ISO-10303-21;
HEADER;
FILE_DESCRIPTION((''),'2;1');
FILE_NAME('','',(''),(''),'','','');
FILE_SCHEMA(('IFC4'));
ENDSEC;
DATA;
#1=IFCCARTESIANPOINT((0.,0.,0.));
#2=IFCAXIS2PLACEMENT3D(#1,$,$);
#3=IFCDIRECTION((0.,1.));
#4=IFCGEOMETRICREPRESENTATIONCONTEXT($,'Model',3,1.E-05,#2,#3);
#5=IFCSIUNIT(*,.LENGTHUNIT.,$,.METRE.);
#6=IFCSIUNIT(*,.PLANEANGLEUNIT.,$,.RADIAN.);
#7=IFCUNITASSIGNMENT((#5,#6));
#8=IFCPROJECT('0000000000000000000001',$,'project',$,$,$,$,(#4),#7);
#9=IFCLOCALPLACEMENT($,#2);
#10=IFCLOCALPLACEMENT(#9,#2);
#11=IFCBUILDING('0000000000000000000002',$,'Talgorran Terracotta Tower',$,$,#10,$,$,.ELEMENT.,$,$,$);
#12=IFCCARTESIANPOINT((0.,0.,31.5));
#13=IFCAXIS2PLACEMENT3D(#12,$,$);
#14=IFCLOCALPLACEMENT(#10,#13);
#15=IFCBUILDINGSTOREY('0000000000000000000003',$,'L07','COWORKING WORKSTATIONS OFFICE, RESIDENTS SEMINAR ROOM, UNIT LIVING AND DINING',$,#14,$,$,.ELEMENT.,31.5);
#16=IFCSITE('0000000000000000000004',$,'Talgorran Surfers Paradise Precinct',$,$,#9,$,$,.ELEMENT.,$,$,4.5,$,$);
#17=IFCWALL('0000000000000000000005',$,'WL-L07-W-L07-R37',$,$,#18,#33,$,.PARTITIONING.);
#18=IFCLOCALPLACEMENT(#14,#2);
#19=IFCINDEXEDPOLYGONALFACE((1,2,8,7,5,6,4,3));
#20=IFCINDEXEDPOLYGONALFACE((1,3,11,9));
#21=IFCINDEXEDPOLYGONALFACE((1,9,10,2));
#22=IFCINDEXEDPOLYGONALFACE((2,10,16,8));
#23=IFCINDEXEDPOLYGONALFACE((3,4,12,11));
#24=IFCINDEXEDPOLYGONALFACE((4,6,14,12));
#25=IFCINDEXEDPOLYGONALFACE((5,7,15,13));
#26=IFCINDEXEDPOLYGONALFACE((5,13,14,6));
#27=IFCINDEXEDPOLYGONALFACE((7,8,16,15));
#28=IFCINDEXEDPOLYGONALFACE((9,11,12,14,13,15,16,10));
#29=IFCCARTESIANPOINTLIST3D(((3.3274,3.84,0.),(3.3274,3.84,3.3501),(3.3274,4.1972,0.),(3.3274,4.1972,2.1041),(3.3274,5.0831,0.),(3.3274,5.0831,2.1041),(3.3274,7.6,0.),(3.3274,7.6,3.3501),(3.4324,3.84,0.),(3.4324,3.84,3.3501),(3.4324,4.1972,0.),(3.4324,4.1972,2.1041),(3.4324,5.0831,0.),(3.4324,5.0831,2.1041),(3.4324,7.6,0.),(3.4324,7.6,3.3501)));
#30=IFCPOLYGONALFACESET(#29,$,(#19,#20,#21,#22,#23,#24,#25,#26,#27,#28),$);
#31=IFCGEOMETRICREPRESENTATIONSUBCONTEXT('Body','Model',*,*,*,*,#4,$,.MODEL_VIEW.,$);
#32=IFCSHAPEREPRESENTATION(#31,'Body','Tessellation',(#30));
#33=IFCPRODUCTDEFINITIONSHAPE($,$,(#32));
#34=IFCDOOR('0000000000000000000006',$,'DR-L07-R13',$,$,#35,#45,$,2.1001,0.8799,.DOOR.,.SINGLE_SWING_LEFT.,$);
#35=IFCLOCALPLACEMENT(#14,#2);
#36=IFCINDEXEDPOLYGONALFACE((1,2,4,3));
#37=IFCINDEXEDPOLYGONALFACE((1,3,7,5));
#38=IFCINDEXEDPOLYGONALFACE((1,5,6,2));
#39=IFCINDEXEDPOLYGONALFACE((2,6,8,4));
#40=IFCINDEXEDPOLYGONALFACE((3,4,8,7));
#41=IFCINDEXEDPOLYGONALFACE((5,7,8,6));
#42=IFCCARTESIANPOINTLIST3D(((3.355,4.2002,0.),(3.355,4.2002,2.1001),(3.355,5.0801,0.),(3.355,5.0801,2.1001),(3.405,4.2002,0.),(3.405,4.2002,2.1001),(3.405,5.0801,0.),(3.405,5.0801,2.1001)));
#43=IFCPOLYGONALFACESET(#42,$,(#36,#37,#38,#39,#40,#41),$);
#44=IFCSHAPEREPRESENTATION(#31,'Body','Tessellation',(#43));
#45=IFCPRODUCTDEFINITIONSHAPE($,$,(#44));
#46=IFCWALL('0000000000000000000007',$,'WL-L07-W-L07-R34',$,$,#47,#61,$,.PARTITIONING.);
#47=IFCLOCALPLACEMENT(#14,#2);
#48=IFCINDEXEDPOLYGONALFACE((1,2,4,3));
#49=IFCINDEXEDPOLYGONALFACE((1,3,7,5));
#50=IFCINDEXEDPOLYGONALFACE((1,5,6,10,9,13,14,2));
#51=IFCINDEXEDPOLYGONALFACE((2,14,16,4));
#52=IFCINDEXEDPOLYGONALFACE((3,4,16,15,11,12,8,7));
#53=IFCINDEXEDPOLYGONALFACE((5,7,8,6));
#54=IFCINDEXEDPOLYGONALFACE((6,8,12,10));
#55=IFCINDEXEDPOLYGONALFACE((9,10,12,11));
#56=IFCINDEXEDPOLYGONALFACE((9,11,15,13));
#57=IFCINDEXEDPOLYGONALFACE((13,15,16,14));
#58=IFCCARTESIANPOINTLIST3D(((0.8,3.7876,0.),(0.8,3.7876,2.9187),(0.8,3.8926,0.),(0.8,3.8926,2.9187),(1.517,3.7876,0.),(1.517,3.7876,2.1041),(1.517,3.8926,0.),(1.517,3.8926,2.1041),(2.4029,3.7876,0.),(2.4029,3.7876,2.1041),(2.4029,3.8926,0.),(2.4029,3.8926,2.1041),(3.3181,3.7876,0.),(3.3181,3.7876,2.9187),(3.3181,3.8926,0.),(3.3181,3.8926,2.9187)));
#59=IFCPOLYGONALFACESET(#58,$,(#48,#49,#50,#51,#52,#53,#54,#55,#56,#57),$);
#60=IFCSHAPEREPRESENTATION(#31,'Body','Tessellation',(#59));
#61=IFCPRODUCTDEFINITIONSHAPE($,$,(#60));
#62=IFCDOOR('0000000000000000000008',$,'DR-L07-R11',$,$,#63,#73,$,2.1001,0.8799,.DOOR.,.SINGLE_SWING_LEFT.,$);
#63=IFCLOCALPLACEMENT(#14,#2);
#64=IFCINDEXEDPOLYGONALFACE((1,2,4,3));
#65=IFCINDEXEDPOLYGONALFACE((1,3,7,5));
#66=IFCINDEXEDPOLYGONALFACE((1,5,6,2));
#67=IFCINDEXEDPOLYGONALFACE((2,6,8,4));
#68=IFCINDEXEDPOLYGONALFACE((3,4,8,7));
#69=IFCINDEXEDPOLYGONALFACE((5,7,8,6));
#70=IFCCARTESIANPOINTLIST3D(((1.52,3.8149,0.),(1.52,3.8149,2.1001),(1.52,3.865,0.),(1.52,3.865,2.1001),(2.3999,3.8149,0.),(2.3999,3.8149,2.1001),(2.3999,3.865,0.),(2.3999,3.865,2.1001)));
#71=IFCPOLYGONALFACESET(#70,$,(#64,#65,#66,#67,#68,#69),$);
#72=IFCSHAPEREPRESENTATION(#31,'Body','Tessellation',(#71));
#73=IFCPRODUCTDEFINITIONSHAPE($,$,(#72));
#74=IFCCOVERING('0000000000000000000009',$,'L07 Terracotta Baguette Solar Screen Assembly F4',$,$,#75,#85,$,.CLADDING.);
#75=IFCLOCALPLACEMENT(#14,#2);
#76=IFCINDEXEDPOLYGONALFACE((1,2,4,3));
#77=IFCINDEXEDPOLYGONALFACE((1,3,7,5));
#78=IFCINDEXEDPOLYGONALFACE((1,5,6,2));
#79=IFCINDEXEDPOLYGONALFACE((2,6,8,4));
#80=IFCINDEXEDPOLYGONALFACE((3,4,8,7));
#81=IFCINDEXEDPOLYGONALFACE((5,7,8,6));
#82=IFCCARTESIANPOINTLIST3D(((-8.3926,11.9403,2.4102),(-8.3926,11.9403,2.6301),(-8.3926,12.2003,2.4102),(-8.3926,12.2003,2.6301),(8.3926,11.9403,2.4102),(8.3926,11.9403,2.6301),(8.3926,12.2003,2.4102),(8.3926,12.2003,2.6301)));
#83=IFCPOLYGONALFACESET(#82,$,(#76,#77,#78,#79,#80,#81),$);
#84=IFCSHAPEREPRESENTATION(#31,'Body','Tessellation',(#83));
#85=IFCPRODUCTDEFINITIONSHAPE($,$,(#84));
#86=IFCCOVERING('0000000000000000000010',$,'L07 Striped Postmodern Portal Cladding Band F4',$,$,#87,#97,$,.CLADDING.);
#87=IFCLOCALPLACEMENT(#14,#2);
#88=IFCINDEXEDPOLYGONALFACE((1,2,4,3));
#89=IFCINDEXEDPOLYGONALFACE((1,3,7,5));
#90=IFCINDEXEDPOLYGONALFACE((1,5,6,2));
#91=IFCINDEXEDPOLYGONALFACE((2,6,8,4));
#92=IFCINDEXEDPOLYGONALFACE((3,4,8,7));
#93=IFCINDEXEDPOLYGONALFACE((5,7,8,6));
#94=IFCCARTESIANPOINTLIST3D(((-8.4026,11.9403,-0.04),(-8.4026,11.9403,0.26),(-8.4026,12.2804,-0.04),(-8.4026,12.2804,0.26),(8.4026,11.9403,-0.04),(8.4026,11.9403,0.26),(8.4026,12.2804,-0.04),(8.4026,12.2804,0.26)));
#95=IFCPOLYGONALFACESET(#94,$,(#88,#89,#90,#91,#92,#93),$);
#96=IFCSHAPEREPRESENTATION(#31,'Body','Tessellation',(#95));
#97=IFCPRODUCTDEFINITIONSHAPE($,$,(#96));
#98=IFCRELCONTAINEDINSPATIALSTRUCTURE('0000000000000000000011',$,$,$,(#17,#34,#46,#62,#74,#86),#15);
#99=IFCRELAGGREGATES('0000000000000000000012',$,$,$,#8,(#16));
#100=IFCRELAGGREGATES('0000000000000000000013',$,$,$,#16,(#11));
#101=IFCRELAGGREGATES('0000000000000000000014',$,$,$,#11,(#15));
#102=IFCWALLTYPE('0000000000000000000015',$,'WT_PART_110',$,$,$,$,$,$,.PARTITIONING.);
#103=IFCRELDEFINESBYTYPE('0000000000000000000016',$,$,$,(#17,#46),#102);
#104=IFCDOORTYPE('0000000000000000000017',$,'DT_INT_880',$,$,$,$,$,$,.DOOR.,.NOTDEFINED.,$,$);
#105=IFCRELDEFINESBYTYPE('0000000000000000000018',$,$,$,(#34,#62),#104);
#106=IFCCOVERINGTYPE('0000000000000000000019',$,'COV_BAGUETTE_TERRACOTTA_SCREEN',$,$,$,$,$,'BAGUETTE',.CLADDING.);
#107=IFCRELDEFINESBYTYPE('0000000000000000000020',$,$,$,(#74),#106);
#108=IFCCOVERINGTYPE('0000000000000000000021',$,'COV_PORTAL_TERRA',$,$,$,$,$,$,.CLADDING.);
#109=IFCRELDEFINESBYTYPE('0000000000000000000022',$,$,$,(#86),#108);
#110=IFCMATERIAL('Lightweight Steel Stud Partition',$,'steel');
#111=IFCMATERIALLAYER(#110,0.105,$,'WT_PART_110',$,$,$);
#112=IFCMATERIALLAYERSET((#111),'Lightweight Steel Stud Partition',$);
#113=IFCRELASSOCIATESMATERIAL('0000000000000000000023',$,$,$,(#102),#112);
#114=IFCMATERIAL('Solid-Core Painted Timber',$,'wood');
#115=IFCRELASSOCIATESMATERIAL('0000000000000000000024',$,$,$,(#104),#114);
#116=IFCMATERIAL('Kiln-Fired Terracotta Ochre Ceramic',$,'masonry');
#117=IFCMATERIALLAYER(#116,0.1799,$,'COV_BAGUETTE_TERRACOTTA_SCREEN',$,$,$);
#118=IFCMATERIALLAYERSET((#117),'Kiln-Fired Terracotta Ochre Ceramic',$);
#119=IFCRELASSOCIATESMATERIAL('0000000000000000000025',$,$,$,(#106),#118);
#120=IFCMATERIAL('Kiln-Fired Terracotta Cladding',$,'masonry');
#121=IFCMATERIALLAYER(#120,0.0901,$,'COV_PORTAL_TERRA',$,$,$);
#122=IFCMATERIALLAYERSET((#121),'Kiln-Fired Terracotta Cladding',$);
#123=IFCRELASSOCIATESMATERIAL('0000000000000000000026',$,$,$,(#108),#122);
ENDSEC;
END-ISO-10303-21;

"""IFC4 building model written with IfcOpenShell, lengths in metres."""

from ifc_helpers import new_model, si_unit, direction, frame, frame_2d, origin, origin_2d, place, context, subcontext, project, spatial, rectangle, extrude, material, layer, layer_set, type_object, element, fill, save


model = new_model("IFC4")

# Units and contexts
model_context = context("Model", 3, precision=1e-05, world=origin(), true_north=direction((0.0, 1.0)))
body_context = subcontext(model_context, "Body", "Model", "MODEL_VIEW")
ifc_project = project(units=[si_unit("LENGTHUNIT", "METRE"), si_unit("PLANEANGLEUNIT", "RADIAN")], contexts=[model_context])

# Site, building, storey
site_placement = place(None, origin())
site = spatial("IfcSite", under=ifc_project, at=site_placement, Name="Talgorran Surfers Paradise Precinct", CompositionType="ELEMENT", RefElevation=4.5)
building_placement = place(site_placement, origin())
building = spatial("IfcBuilding", under=site, at=building_placement, Name="Talgorran Terracotta Tower", CompositionType="ELEMENT")
storey_placement = place(building_placement, frame((0.0, 0.0, 31.5)))
storey = spatial("IfcBuildingStorey", under=building, at=storey_placement, Name="L07", Description="COWORKING WORKSTATIONS OFFICE, RESIDENTS SEMINAR ROOM, UNIT LIVING AND DINING", CompositionType="ELEMENT", Elevation=31.5)

# Shared definitions
ifc_material_1 = material(Name="Lightweight Steel Stud Partition", Category="steel")
ifc_layer_1 = layer(ifc_material_1, 0.105, Name="WT_PART_110")
ifc_layer_set_1 = layer_set([ifc_layer_1], Name="Lightweight Steel Stud Partition")
wall_type_1 = type_object("IfcWallType", Name="WT_PART_110", PredefinedType="PARTITIONING", material=ifc_layer_set_1)
ifc_material_2 = material(Name="Solid-Core Painted Timber", Category="wood")
door_type = type_object("IfcDoorType", Name="DT_INT_880", OperationType="NOTDEFINED", PredefinedType="DOOR", material=ifc_material_2)

# Walls, openings, doors
wall_1_placement = place(storey_placement, frame((3.3799, 3.8401, 0.0), z_axis=(0.0, 0.0, 1.0), x_axis=(0.0, 1.0, 0.0)))
wall_1 = element("IfcWall", 1, at=wall_1_placement, inside=storey, type_object=wall_type_1, Name="WL-L07-W-L07-R37", PredefinedType="PARTITIONING", context=body_context, shape_type="SweptSolid", body=[
    extrude(rectangle(XDim=3.76, YDim=0.105, at=frame_2d((1.8799, 0.0))), origin(), (0.0, 0.0, 1.0), 3.3501),
])
opening_1_placement = place(wall_1_placement, frame((0.3601, 0.0, 0.0)))
opening_1 = element("IfcOpeningElement", 2, at=opening_1_placement, cuts=wall_1, PredefinedType="OPENING", context=body_context, shape_type="SweptSolid", body=[
    extrude(rectangle(XDim=0.8859, YDim=2.1041, at=frame_2d((0.4399, 1.052))), frame((0.0, 0.0625, 0.0), z_axis=(0.0, -1.0, 0.0), x_axis=(1.0, 0.0, 0.0)), (0.0, 0.0, 1.0), 0.125),
])
door_1_placement = place(opening_1_placement, origin())
door_1 = element("IfcDoor", 3, at=door_1_placement, inside=storey, type_object=door_type, Name="DR-L07-R13", OperationType="SINGLE_SWING_LEFT", OverallHeight=2.1001, OverallWidth=0.8799, PredefinedType="DOOR", context=body_context, shape_type="SweptSolid", body=[
    extrude(rectangle(XDim=0.8799, YDim=2.1001, at=frame_2d((0.4399, 1.05))), frame((0.0, 0.0249, 0.0), z_axis=(0.0, -1.0, 0.0), x_axis=(1.0, 0.0, 0.0)), (0.0, 0.0, 1.0), 0.05),
])
fill(opening_1, door_1)
wall_2_placement = place(storey_placement, frame((0.8, 3.8401, 0.0), z_axis=(0.0, 0.0, 1.0), x_axis=(1.0, 0.0, 0.0)))
wall_2 = element("IfcWall", 4, at=wall_2_placement, inside=storey, type_object=wall_type_1, Name="WL-L07-W-L07-R34", PredefinedType="PARTITIONING", context=body_context, shape_type="SweptSolid", body=[
    extrude(rectangle(XDim=2.5181, YDim=0.105, at=frame_2d((1.259, 0.0))), origin(), (0.0, 0.0, 1.0), 2.9187),
])
opening_2_placement = place(wall_2_placement, frame((0.72, 0.0, 0.0)))
opening_2 = element("IfcOpeningElement", 5, at=opening_2_placement, cuts=wall_2, PredefinedType="OPENING", context=body_context, shape_type="SweptSolid", body=[
    extrude(rectangle(XDim=0.8859, YDim=2.1041, at=frame_2d((0.4399, 1.052))), frame((0.0, 0.0625, 0.0), z_axis=(0.0, -1.0, 0.0), x_axis=(1.0, 0.0, 0.0)), (0.0, 0.0, 1.0), 0.125),
])
door_2_placement = place(opening_2_placement, origin())
door_2 = element("IfcDoor", 6, at=door_2_placement, inside=storey, type_object=door_type, Name="DR-L07-R11", OperationType="SINGLE_SWING_LEFT", OverallHeight=2.1001, OverallWidth=0.8799, PredefinedType="DOOR", context=body_context, shape_type="SweptSolid", body=[
    extrude(rectangle(XDim=0.8799, YDim=2.1001, at=frame_2d((0.4399, 1.05))), frame((0.0, 0.0249, 0.0), z_axis=(0.0, -1.0, 0.0), x_axis=(1.0, 0.0, 0.0)), (0.0, 0.0, 1.0), 0.05),
])
fill(opening_2, door_2)

# Coverings
ifc_material_3 = material(Name="Kiln-Fired Terracotta Ochre Ceramic", Category="masonry")
ifc_layer_2 = layer(ifc_material_3, 0.1799, Name="COV_BAGUETTE_TERRACOTTA_SCREEN")
ifc_layer_set_2 = layer_set([ifc_layer_2], Name="Kiln-Fired Terracotta Ochre Ceramic")
covering_type_1 = type_object("IfcCoveringType", Name="COV_BAGUETTE_TERRACOTTA_SCREEN", ElementType="BAGUETTE", PredefinedType="CLADDING", material=ifc_layer_set_2)
covering_1_placement = place(storey_placement, frame((0.0, 12.0703, 2.4102), z_axis=(0.0, 0.0, 1.0), x_axis=(-1.0, 0.0, 0.0)))
element("IfcCovering", 7, at=covering_1_placement, inside=storey, type_object=covering_type_1, Name="L07 Terracotta Baguette Solar Screen Assembly F4", PredefinedType="CLADDING", context=body_context, shape_type="SweptSolid", body=[
    extrude(rectangle(XDim=16.7852, YDim=0.26, at=origin_2d()), origin(), (0.0, 0.0, 1.0), 0.22),
])
ifc_material_4 = material(Name="Kiln-Fired Terracotta Cladding", Category="masonry")
ifc_layer_3 = layer(ifc_material_4, 0.0901, Name="COV_PORTAL_TERRA")
ifc_layer_set_3 = layer_set([ifc_layer_3], Name="Kiln-Fired Terracotta Cladding")
covering_type_2 = type_object("IfcCoveringType", Name="COV_PORTAL_TERRA", PredefinedType="CLADDING", material=ifc_layer_set_3)
covering_2_placement = place(storey_placement, frame((0.0, 12.1104, -0.04), z_axis=(0.0, 0.0, 1.0), x_axis=(-1.0, 0.0, 0.0)))
element("IfcCovering", 8, at=covering_2_placement, inside=storey, type_object=covering_type_2, Name="L07 Striped Postmodern Portal Cladding Band F4", PredefinedType="CLADDING", context=body_context, shape_type="SweptSolid", body=[
    extrude(rectangle(XDim=16.8052, YDim=0.3401, at=origin_2d()), origin(), (0.0, 0.0, 1.0), 0.3),
])

save(model, "model.ifc")
